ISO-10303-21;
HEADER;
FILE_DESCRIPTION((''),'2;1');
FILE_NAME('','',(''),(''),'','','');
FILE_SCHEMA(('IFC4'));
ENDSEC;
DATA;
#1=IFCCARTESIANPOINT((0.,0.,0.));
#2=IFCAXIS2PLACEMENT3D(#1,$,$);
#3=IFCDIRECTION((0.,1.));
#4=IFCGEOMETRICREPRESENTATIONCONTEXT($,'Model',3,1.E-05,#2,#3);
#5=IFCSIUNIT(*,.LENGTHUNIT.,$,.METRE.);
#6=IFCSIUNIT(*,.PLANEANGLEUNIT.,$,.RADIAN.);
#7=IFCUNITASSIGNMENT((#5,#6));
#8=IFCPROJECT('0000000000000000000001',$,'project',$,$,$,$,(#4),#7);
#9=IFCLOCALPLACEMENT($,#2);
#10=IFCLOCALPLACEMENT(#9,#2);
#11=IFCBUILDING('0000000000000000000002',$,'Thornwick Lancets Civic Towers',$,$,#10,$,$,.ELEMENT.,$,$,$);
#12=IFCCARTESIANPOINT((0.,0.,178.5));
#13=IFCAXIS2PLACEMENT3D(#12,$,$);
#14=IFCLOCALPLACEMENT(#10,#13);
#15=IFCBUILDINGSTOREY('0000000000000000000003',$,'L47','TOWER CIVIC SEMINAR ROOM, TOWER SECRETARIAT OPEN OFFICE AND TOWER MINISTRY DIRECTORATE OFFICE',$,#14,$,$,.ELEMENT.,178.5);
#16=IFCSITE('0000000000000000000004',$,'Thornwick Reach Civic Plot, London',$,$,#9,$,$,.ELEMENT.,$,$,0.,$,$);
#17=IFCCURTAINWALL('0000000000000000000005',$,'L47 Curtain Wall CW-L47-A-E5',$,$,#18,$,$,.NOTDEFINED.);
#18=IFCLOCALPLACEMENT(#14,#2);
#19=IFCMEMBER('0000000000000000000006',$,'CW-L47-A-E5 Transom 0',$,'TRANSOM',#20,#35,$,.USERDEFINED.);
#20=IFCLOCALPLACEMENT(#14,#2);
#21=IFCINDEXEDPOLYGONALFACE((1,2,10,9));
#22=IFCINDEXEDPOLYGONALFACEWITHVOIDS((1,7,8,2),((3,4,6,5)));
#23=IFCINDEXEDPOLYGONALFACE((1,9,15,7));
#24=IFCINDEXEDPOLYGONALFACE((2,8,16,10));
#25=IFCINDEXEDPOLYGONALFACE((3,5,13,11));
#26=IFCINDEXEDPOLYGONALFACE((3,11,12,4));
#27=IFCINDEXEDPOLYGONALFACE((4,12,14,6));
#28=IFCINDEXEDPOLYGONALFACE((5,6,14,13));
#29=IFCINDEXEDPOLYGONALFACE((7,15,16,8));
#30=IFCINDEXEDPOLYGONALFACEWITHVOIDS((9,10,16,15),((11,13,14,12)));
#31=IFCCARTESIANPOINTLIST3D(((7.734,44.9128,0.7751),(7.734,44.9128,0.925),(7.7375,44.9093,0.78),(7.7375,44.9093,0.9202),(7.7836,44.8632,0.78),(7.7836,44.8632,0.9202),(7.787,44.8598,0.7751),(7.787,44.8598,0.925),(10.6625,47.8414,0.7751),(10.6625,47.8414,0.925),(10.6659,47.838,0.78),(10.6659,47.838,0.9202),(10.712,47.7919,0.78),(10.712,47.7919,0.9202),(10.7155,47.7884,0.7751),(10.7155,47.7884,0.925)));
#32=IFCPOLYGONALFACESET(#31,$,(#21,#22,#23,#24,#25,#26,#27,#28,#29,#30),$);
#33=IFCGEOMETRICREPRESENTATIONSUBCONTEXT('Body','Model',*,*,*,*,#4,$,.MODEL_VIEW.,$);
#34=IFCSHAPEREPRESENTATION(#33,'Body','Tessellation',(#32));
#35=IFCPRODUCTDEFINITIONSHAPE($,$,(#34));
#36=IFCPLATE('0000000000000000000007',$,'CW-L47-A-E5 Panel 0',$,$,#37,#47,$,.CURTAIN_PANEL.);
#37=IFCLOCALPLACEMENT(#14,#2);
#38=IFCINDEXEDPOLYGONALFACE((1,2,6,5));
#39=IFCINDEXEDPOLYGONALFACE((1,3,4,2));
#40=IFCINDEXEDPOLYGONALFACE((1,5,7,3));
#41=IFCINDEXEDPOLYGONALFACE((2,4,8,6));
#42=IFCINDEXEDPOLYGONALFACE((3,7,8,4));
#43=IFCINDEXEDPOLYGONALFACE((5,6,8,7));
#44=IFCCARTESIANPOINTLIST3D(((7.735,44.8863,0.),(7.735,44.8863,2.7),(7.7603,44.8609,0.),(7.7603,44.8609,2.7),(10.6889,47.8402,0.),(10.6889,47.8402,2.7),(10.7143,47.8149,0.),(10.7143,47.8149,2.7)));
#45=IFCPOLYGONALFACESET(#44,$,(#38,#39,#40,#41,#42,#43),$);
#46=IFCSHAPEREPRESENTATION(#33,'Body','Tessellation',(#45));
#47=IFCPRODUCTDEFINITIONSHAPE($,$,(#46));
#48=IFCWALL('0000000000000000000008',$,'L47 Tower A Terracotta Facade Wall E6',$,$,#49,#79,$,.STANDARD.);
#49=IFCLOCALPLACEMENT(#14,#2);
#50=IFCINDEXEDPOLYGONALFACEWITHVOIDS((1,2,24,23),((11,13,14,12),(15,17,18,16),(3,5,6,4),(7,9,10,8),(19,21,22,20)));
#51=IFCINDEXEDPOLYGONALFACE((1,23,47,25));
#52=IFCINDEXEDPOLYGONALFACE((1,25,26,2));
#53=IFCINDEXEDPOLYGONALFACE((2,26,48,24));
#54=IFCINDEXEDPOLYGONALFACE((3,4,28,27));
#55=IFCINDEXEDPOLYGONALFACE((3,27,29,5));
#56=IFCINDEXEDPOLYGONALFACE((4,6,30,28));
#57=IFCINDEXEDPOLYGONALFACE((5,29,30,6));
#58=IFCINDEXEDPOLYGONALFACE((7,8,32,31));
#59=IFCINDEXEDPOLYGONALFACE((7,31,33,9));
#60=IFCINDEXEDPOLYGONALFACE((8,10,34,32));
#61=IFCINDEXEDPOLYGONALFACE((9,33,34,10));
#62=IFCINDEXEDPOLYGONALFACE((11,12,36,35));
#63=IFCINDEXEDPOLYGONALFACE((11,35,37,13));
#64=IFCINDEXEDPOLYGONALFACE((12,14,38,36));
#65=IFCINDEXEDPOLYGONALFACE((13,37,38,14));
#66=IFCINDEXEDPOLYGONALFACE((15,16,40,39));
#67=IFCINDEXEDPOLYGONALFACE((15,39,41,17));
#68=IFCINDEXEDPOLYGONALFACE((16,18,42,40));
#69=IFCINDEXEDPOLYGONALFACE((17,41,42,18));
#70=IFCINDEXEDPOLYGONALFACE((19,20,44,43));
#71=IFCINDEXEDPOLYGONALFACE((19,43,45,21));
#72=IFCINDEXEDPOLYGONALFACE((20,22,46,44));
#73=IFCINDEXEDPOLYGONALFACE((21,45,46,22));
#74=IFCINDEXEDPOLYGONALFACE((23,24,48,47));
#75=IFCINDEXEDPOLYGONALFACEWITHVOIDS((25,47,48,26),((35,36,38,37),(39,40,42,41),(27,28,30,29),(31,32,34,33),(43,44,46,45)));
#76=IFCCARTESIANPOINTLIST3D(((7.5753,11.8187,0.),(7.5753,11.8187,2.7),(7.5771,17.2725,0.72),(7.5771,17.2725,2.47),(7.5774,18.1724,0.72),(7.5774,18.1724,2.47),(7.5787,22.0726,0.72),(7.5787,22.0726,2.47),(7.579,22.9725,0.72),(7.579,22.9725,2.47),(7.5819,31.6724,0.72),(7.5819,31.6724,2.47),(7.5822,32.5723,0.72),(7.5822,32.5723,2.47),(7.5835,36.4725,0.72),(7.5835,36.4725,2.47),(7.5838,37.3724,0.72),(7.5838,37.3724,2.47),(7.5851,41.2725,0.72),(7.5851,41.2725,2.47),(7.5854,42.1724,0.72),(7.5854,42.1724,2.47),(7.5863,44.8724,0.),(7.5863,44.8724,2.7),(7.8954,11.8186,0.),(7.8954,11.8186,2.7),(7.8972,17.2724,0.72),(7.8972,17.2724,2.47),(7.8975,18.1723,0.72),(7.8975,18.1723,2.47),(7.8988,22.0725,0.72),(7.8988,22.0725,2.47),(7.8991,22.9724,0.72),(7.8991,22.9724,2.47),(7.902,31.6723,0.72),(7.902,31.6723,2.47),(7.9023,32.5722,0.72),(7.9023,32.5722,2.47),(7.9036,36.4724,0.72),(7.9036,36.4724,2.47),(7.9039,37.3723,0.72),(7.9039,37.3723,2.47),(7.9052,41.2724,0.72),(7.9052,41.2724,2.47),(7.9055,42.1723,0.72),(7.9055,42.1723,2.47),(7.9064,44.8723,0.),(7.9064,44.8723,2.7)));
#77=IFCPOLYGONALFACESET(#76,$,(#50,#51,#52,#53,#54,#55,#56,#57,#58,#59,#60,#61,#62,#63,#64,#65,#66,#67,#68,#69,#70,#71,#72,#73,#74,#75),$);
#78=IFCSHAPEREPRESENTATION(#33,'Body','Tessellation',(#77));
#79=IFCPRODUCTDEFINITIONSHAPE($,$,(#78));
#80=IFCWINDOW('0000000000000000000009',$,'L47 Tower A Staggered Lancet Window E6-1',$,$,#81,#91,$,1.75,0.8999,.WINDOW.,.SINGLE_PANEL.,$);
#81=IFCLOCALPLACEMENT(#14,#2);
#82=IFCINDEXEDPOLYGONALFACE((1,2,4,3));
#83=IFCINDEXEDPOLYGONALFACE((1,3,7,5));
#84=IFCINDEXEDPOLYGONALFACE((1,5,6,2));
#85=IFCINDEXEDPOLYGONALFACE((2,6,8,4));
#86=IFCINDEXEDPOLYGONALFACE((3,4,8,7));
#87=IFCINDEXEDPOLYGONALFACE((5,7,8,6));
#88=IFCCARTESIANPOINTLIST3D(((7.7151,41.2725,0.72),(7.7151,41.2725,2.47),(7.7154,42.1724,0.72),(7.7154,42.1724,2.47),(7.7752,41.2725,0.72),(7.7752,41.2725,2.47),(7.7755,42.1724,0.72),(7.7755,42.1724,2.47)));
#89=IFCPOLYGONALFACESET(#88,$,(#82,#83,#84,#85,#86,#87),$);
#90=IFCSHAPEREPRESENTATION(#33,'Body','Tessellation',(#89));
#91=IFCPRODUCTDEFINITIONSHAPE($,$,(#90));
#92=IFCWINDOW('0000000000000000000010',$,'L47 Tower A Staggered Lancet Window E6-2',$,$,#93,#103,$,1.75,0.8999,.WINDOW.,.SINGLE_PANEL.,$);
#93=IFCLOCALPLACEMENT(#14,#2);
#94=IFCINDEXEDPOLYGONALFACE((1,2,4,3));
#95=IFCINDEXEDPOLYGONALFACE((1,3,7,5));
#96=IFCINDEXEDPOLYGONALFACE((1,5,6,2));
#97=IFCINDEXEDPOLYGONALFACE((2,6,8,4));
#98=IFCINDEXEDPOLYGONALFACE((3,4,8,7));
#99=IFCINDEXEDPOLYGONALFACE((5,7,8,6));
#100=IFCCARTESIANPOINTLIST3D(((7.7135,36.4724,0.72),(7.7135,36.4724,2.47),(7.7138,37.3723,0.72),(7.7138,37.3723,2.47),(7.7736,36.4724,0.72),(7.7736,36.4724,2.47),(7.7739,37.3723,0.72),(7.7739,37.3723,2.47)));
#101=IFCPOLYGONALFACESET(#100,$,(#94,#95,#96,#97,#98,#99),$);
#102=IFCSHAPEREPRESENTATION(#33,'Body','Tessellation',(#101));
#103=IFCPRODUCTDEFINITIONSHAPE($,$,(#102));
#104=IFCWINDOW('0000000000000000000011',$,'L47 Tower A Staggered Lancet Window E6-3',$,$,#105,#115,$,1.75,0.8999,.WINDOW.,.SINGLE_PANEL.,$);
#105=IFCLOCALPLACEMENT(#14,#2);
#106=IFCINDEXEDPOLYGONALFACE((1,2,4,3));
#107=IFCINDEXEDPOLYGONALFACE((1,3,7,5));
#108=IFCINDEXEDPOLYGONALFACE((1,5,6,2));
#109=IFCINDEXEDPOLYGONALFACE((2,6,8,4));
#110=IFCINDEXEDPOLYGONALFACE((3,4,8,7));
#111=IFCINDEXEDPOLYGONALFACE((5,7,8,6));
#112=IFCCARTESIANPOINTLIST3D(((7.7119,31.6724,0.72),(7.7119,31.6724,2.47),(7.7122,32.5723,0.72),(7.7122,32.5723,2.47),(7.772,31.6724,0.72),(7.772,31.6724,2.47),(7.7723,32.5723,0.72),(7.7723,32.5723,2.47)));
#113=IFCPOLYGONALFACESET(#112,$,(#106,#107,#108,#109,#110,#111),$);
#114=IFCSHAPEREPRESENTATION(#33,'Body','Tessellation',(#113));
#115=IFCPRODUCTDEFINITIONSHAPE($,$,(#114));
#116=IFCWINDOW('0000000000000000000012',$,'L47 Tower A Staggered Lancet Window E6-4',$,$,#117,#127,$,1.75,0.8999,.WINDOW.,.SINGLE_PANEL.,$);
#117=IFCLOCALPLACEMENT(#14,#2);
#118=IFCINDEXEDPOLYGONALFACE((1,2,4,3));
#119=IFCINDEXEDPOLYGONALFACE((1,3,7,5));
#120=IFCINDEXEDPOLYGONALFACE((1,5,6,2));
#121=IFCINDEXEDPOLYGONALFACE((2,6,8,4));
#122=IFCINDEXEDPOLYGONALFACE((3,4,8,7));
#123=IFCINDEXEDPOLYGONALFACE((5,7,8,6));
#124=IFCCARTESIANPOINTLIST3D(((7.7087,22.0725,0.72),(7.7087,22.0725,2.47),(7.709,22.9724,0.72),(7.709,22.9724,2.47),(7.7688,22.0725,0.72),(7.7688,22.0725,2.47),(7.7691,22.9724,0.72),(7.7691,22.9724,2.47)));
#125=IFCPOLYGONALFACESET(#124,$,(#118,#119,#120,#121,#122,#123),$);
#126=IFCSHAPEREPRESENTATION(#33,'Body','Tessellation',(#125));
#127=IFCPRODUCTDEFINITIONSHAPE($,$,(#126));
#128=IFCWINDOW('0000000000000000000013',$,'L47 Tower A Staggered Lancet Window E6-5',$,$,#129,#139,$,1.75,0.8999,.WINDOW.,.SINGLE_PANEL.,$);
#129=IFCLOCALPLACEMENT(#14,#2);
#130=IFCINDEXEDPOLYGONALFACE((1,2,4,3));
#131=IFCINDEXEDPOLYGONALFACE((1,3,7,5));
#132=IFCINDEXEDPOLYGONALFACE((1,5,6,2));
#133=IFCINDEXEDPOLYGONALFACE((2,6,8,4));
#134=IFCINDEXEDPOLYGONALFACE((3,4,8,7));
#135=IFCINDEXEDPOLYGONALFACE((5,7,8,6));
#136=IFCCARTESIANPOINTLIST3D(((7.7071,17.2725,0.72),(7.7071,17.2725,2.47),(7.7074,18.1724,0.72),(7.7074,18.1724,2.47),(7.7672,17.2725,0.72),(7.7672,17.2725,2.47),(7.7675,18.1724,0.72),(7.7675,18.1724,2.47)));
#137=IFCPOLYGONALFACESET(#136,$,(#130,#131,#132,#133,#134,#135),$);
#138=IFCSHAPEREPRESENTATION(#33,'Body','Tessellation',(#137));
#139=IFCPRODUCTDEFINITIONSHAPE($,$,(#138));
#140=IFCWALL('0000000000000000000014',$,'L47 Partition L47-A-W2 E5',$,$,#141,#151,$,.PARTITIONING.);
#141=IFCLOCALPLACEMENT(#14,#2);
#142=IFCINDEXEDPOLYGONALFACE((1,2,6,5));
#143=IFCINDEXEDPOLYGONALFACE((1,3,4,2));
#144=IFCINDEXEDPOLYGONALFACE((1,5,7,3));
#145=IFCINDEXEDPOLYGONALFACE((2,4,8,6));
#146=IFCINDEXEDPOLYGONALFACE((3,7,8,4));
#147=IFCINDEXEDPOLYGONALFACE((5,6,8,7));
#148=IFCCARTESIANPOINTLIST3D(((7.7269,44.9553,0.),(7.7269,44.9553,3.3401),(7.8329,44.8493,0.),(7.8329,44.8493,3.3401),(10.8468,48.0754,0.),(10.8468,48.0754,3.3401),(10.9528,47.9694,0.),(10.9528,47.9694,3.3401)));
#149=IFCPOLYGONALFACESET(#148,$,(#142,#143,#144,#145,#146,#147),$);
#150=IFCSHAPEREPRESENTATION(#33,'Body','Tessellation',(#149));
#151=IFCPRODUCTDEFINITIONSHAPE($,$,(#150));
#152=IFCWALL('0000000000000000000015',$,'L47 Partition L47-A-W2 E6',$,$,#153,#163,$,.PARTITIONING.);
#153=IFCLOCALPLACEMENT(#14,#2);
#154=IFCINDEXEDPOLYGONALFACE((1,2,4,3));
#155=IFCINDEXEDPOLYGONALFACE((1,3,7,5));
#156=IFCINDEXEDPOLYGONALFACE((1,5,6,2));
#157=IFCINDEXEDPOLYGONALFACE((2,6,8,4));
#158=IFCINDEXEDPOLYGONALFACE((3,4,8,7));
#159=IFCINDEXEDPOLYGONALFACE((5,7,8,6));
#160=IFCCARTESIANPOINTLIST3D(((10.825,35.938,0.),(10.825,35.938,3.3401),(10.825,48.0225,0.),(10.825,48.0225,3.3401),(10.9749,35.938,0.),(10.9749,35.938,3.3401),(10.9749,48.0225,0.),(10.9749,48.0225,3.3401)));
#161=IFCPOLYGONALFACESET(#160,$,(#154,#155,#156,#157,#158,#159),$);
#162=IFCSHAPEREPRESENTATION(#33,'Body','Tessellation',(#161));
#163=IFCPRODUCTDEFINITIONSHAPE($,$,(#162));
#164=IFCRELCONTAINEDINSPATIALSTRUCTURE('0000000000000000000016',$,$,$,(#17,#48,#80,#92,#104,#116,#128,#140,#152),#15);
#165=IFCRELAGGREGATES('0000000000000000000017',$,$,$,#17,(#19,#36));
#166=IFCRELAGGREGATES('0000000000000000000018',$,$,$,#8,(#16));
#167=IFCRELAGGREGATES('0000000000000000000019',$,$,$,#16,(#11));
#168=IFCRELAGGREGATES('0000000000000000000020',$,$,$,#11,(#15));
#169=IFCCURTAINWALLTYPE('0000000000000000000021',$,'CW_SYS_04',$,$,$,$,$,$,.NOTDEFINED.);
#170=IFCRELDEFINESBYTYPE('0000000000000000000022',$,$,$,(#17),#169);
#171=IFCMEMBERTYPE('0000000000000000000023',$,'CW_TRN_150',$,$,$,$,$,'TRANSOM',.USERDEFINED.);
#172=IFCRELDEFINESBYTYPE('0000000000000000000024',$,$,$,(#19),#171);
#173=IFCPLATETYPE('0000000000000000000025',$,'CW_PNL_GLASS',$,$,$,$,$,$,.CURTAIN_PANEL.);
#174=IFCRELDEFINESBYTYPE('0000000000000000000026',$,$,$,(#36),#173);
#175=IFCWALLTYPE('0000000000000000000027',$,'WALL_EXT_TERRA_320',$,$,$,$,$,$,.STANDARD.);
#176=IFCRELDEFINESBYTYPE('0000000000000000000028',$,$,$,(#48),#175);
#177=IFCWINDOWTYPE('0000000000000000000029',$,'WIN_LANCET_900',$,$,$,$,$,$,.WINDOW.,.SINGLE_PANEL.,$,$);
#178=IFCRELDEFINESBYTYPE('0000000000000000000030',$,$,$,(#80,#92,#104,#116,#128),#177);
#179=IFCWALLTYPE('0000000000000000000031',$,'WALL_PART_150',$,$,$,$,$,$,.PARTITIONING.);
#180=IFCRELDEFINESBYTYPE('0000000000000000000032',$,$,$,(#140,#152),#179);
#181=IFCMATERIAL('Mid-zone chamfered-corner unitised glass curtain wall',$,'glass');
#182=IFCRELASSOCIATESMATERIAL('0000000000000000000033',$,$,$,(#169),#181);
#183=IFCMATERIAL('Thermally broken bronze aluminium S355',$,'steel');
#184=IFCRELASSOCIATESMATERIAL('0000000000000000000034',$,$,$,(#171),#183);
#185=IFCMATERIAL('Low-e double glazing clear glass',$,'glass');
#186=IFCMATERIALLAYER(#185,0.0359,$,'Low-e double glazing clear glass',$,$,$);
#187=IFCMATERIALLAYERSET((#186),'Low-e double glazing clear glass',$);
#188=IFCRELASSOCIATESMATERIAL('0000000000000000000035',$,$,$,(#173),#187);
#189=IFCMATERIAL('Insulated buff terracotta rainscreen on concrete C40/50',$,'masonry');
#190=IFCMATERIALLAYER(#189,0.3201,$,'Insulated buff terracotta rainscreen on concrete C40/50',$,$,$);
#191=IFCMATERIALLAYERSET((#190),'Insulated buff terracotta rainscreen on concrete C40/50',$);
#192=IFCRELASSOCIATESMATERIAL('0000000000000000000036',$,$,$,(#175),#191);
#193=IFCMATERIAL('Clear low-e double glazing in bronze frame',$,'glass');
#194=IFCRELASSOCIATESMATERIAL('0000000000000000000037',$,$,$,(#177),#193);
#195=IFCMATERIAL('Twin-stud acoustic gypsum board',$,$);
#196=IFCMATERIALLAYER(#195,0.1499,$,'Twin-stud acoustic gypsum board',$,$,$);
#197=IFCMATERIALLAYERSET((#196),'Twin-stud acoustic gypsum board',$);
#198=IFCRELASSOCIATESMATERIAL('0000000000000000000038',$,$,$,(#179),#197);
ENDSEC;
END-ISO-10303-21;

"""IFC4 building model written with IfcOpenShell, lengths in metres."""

from ifc_helpers import new_model, si_unit, direction, frame, frame_2d, origin, origin_2d, place, context, subcontext, project, spatial, rectangle, hollow_rectangle, extrude, material, layer, layer_set, material_profile, profile_set, type_object, element, fill, aggregate, save


model = new_model("IFC4")

# Units and contexts
model_context = context("Model", 3, precision=1e-05, world=origin(), true_north=direction((0.0, 1.0)))
body_context = subcontext(model_context, "Body", "Model", "MODEL_VIEW")
ifc_project = project(units=[si_unit("LENGTHUNIT", "METRE"), si_unit("PLANEANGLEUNIT", "RADIAN")], contexts=[model_context])

# Site, building, storey
site_placement = place(None, origin())
site = spatial("IfcSite", under=ifc_project, at=site_placement, Name="Thornwick Reach Civic Plot, London", CompositionType="ELEMENT", RefElevation=0.0)
building_placement = place(site_placement, origin())
building = spatial("IfcBuilding", under=site, at=building_placement, Name="Thornwick Lancets Civic Towers", CompositionType="ELEMENT")
storey_placement = place(building_placement, frame((0.0, 0.0, 178.5)))
storey = spatial("IfcBuildingStorey", under=building, at=storey_placement, Name="L47", Description="TOWER CIVIC SEMINAR ROOM, TOWER SECRETARIAT OPEN OFFICE AND TOWER MINISTRY DIRECTORATE OFFICE", CompositionType="ELEMENT", Elevation=178.5)

# Curtain wall, member, plate
ifc_material_1 = material(Name="Mid-zone chamfered-corner unitised glass curtain wall", Category="glass")
curtain_wall_type = type_object("IfcCurtainWallType", Name="CW_SYS_04", PredefinedType="NOTDEFINED", material=ifc_material_1)
curtain_wall_placement = place(storey_placement, origin())
curtain_wall = element("IfcCurtainWall", 1, at=curtain_wall_placement, inside=storey, type_object=curtain_wall_type, Name="L47 Curtain Wall CW-L47-A-E5", PredefinedType="NOTDEFINED")
ifc_material_2 = material(Name="Thermally broken bronze aluminium S355", Category="steel")
ifc_material_profile_1 = material_profile(ifc_material_2, hollow_rectangle(XDim=0.075, YDim=0.1499, WallThickness=0.0049, at=origin_2d()), Name="RHS 150x75x5")
ifc_profile_set_1 = profile_set([ifc_material_profile_1], Name="Thermally broken bronze aluminium S355")
member_type_1 = type_object("IfcMemberType", Name="CW_TRN_150", ElementType="TRANSOM", PredefinedType="USERDEFINED", material=ifc_profile_set_1)
member_1_placement = place(storey_placement, frame((10.689, 47.8149, 0.8501), z_axis=(-0.707077, -0.707136, 0.0), x_axis=(0.707136, -0.707077, 0.0)))
member_1 = element("IfcMember", 2, at=member_1_placement, type_object=member_type_1, Name="CW-L47-A-E5 Transom 0", ObjectType="TRANSOM", PredefinedType="USERDEFINED", context=body_context, shape_type="SweptSolid", body=[
    extrude(hollow_rectangle(XDim=0.075, YDim=0.1499, WallThickness=0.0049, at=origin_2d()), origin(), (0.0, 0.0, 1.0), 4.1416),
])
ifc_material_3 = material(Name="Low-e double glazing clear glass", Category="glass")
ifc_layer_1 = layer(ifc_material_3, 0.0359, Name="Low-e double glazing clear glass")
ifc_layer_set_1 = layer_set([ifc_layer_1], Name="Low-e double glazing clear glass")
plate_type = type_object("IfcPlateType", Name="CW_PNL_GLASS", PredefinedType="CURTAIN_PANEL", material=ifc_layer_set_1)
plate_placement = place(storey_placement, frame((9.2246, 46.3506, 0.0), z_axis=(0.0, 0.0, 1.0), x_axis=(-0.707107, -0.707107, 0.0)))
plate = element("IfcPlate", 3, at=plate_placement, type_object=plate_type, Name="CW-L47-A-E5 Panel 0", PredefinedType="CURTAIN_PANEL", context=body_context, shape_type="SweptSolid", body=[
    extrude(rectangle(XDim=4.1775, YDim=0.0359, at=origin_2d()), origin(), (0.0, 0.0, 1.0), 2.7),
])
aggregate(curtain_wall, [member_1, plate])

# Wall, openings, windows
ifc_material_4 = material(Name="Insulated buff terracotta rainscreen on concrete C40/50", Category="masonry")
ifc_layer_2 = layer(ifc_material_4, 0.3201, Name="Insulated buff terracotta rainscreen on concrete C40/50")
ifc_layer_set_2 = layer_set([ifc_layer_2], Name="Insulated buff terracotta rainscreen on concrete C40/50")
wall_type_1 = type_object("IfcWallType", Name="WALL_EXT_TERRA_320", PredefinedType="STANDARD", material=ifc_layer_set_2)
wall_1_placement = place(storey_placement, frame((7.7463, 44.8723, 0.0), z_axis=(0.0, 0.0, 1.0), x_axis=(-0.000332, -1.0, 0.0)))
wall_1 = element("IfcWall", 4, at=wall_1_placement, inside=storey, type_object=wall_type_1, Name="L47 Tower A Terracotta Facade Wall E6", PredefinedType="STANDARD", context=body_context, shape_type="SweptSolid", body=[
    extrude(rectangle(XDim=33.0537, YDim=0.3201, at=frame_2d((16.5269, 0.0))), origin(), (0.0, 0.0, 1.0), 2.7),
])
opening_1_placement = place(wall_1_placement, frame((2.7, 0.0, 0.72)))
opening_1 = element("IfcOpeningElement", 5, at=opening_1_placement, cuts=wall_1, PredefinedType="OPENING", context=body_context, shape_type="SweptSolid", body=[
    extrude(rectangle(XDim=0.8999, YDim=1.75, at=frame_2d((0.45, 0.875))), frame((0.0, 0.1699, 0.0), z_axis=(0.0, -1.0, 0.0), x_axis=(1.0, 0.0, 0.0)), (0.0, 0.0, 1.0), 0.3401),
])
opening_2_placement = place(wall_1_placement, frame((7.5, 0.0, 0.72)))
opening_2 = element("IfcOpeningElement", 6, at=opening_2_placement, cuts=wall_1, PredefinedType="OPENING", context=body_context, shape_type="SweptSolid", body=[
    extrude(rectangle(XDim=0.8999, YDim=1.75, at=frame_2d((0.45, 0.875))), frame((0.0, 0.1699, 0.0), z_axis=(0.0, -1.0, 0.0), x_axis=(1.0, 0.0, 0.0)), (0.0, 0.0, 1.0), 0.3401),
])
opening_3_placement = place(wall_1_placement, frame((12.3, 0.0, 0.72)))
opening_3 = element("IfcOpeningElement", 7, at=opening_3_placement, cuts=wall_1, PredefinedType="OPENING", context=body_context, shape_type="SweptSolid", body=[
    extrude(rectangle(XDim=0.8999, YDim=1.75, at=frame_2d((0.45, 0.875))), frame((0.0, 0.1699, 0.0), z_axis=(0.0, -1.0, 0.0), x_axis=(1.0, 0.0, 0.0)), (0.0, 0.0, 1.0), 0.3401),
])
opening_4_placement = place(wall_1_placement, frame((21.8999, 0.0, 0.72)))
opening_4 = element("IfcOpeningElement", 8, at=opening_4_placement, cuts=wall_1, PredefinedType="OPENING", context=body_context, shape_type="SweptSolid", body=[
    extrude(rectangle(XDim=0.8999, YDim=1.75, at=frame_2d((0.45, 0.875))), frame((0.0, 0.1699, 0.0), z_axis=(0.0, -1.0, 0.0), x_axis=(1.0, 0.0, 0.0)), (0.0, 0.0, 1.0), 0.3401),
])
opening_5_placement = place(wall_1_placement, frame((26.7, 0.0, 0.72)))
opening_5 = element("IfcOpeningElement", 9, at=opening_5_placement, cuts=wall_1, PredefinedType="OPENING", context=body_context, shape_type="SweptSolid", body=[
    extrude(rectangle(XDim=0.8999, YDim=1.75, at=frame_2d((0.45, 0.875))), frame((0.0, 0.1699, 0.0), z_axis=(0.0, -1.0, 0.0), x_axis=(1.0, 0.0, 0.0)), (0.0, 0.0, 1.0), 0.3401),
])
ifc_material_5 = material(Name="Clear low-e double glazing in bronze frame", Category="glass")
window_type = type_object("IfcWindowType", Name="WIN_LANCET_900", PartitioningType="SINGLE_PANEL", PredefinedType="WINDOW", material=ifc_material_5)
window_1_placement = place(opening_1_placement, origin())
window_1 = element("IfcWindow", 10, at=window_1_placement, inside=storey, type_object=window_type, Name="L47 Tower A Staggered Lancet Window E6-1", OverallHeight=1.75, OverallWidth=0.8999, PartitioningType="SINGLE_PANEL", PredefinedType="WINDOW", context=body_context, shape_type="SweptSolid", body=[
    extrude(rectangle(XDim=0.8999, YDim=1.75, at=frame_2d((0.45, 0.875))), frame((0.0, 0.03, 0.0), z_axis=(0.0, -1.0, 0.0), x_axis=(1.0, 0.0, 0.0)), (0.0, 0.0, 1.0), 0.0601),
])
fill(opening_1, window_1)
window_2_placement = place(opening_2_placement, origin())
window_2 = element("IfcWindow", 11, at=window_2_placement, inside=storey, type_object=window_type, Name="L47 Tower A Staggered Lancet Window E6-2", OverallHeight=1.75, OverallWidth=0.8999, PartitioningType="SINGLE_PANEL", PredefinedType="WINDOW", context=body_context, shape_type="SweptSolid", body=[
    extrude(rectangle(XDim=0.8999, YDim=1.75, at=frame_2d((0.45, 0.875))), frame((0.0, 0.03, 0.0), z_axis=(0.0, -1.0, 0.0), x_axis=(1.0, 0.0, 0.0)), (0.0, 0.0, 1.0), 0.0601),
])
fill(opening_2, window_2)
window_3_placement = place(opening_3_placement, origin())
window_3 = element("IfcWindow", 12, at=window_3_placement, inside=storey, type_object=window_type, Name="L47 Tower A Staggered Lancet Window E6-3", OverallHeight=1.75, OverallWidth=0.8999, PartitioningType="SINGLE_PANEL", PredefinedType="WINDOW", context=body_context, shape_type="SweptSolid", body=[
    extrude(rectangle(XDim=0.8999, YDim=1.75, at=frame_2d((0.45, 0.875))), frame((0.0, 0.03, 0.0), z_axis=(0.0, -1.0, 0.0), x_axis=(1.0, 0.0, 0.0)), (0.0, 0.0, 1.0), 0.0601),
])
fill(opening_3, window_3)
window_4_placement = place(opening_4_placement, origin())
window_4 = element("IfcWindow", 13, at=window_4_placement, inside=storey, type_object=window_type, Name="L47 Tower A Staggered Lancet Window E6-4", OverallHeight=1.75, OverallWidth=0.8999, PartitioningType="SINGLE_PANEL", PredefinedType="WINDOW", context=body_context, shape_type="SweptSolid", body=[
    extrude(rectangle(XDim=0.8999, YDim=1.75, at=frame_2d((0.45, 0.875))), frame((0.0, 0.03, 0.0), z_axis=(0.0, -1.0, 0.0), x_axis=(1.0, 0.0, 0.0)), (0.0, 0.0, 1.0), 0.0601),
])
fill(opening_4, window_4)
window_5_placement = place(opening_5_placement, origin())
window_5 = element("IfcWindow", 14, at=window_5_placement, inside=storey, type_object=window_type, Name="L47 Tower A Staggered Lancet Window E6-5", OverallHeight=1.75, OverallWidth=0.8999, PartitioningType="SINGLE_PANEL", PredefinedType="WINDOW", context=body_context, shape_type="SweptSolid", body=[
    extrude(rectangle(XDim=0.8999, YDim=1.75, at=frame_2d((0.45, 0.875))), frame((0.0, 0.03, 0.0), z_axis=(0.0, -1.0, 0.0), x_axis=(1.0, 0.0, 0.0)), (0.0, 0.0, 1.0), 0.0601),
])
fill(opening_5, window_5)

# Walls
ifc_material_6 = material(Name="Twin-stud acoustic gypsum board")
ifc_layer_3 = layer(ifc_material_6, 0.1499, Name="Twin-stud acoustic gypsum board")
ifc_layer_set_3 = layer_set([ifc_layer_3], Name="Twin-stud acoustic gypsum board")
wall_type_2 = type_object("IfcWallType", Name="WALL_PART_150", PredefinedType="PARTITIONING", material=ifc_layer_set_3)
wall_2_placement = place(storey_placement, frame((7.78, 44.9023, 0.0), z_axis=(0.0, 0.0, 1.0), x_axis=(0.707079, 0.707134, 0.0)))
element("IfcWall", 15, at=wall_2_placement, inside=storey, type_object=wall_type_2, Name="L47 Partition L47-A-W2 E5", PredefinedType="PARTITIONING", context=body_context, shape_type="SweptSolid", body=[
    extrude(rectangle(XDim=4.4124, YDim=0.1499, at=frame_2d((2.2061, 0.0))), origin(), (0.0, 0.0, 1.0), 3.3401),
])
wall_3_placement = place(storey_placement, frame((10.8999, 48.0225, 0.0), z_axis=(0.0, 0.0, 1.0), x_axis=(0.0, -1.0, 0.0)))
element("IfcWall", 16, at=wall_3_placement, inside=storey, type_object=wall_type_2, Name="L47 Partition L47-A-W2 E6", PredefinedType="PARTITIONING", context=body_context, shape_type="SweptSolid", body=[
    extrude(rectangle(XDim=12.0845, YDim=0.1499, at=frame_2d((6.0422, 0.0))), origin(), (0.0, 0.0, 1.0), 3.3401),
])

save(model, "model.ifc")
